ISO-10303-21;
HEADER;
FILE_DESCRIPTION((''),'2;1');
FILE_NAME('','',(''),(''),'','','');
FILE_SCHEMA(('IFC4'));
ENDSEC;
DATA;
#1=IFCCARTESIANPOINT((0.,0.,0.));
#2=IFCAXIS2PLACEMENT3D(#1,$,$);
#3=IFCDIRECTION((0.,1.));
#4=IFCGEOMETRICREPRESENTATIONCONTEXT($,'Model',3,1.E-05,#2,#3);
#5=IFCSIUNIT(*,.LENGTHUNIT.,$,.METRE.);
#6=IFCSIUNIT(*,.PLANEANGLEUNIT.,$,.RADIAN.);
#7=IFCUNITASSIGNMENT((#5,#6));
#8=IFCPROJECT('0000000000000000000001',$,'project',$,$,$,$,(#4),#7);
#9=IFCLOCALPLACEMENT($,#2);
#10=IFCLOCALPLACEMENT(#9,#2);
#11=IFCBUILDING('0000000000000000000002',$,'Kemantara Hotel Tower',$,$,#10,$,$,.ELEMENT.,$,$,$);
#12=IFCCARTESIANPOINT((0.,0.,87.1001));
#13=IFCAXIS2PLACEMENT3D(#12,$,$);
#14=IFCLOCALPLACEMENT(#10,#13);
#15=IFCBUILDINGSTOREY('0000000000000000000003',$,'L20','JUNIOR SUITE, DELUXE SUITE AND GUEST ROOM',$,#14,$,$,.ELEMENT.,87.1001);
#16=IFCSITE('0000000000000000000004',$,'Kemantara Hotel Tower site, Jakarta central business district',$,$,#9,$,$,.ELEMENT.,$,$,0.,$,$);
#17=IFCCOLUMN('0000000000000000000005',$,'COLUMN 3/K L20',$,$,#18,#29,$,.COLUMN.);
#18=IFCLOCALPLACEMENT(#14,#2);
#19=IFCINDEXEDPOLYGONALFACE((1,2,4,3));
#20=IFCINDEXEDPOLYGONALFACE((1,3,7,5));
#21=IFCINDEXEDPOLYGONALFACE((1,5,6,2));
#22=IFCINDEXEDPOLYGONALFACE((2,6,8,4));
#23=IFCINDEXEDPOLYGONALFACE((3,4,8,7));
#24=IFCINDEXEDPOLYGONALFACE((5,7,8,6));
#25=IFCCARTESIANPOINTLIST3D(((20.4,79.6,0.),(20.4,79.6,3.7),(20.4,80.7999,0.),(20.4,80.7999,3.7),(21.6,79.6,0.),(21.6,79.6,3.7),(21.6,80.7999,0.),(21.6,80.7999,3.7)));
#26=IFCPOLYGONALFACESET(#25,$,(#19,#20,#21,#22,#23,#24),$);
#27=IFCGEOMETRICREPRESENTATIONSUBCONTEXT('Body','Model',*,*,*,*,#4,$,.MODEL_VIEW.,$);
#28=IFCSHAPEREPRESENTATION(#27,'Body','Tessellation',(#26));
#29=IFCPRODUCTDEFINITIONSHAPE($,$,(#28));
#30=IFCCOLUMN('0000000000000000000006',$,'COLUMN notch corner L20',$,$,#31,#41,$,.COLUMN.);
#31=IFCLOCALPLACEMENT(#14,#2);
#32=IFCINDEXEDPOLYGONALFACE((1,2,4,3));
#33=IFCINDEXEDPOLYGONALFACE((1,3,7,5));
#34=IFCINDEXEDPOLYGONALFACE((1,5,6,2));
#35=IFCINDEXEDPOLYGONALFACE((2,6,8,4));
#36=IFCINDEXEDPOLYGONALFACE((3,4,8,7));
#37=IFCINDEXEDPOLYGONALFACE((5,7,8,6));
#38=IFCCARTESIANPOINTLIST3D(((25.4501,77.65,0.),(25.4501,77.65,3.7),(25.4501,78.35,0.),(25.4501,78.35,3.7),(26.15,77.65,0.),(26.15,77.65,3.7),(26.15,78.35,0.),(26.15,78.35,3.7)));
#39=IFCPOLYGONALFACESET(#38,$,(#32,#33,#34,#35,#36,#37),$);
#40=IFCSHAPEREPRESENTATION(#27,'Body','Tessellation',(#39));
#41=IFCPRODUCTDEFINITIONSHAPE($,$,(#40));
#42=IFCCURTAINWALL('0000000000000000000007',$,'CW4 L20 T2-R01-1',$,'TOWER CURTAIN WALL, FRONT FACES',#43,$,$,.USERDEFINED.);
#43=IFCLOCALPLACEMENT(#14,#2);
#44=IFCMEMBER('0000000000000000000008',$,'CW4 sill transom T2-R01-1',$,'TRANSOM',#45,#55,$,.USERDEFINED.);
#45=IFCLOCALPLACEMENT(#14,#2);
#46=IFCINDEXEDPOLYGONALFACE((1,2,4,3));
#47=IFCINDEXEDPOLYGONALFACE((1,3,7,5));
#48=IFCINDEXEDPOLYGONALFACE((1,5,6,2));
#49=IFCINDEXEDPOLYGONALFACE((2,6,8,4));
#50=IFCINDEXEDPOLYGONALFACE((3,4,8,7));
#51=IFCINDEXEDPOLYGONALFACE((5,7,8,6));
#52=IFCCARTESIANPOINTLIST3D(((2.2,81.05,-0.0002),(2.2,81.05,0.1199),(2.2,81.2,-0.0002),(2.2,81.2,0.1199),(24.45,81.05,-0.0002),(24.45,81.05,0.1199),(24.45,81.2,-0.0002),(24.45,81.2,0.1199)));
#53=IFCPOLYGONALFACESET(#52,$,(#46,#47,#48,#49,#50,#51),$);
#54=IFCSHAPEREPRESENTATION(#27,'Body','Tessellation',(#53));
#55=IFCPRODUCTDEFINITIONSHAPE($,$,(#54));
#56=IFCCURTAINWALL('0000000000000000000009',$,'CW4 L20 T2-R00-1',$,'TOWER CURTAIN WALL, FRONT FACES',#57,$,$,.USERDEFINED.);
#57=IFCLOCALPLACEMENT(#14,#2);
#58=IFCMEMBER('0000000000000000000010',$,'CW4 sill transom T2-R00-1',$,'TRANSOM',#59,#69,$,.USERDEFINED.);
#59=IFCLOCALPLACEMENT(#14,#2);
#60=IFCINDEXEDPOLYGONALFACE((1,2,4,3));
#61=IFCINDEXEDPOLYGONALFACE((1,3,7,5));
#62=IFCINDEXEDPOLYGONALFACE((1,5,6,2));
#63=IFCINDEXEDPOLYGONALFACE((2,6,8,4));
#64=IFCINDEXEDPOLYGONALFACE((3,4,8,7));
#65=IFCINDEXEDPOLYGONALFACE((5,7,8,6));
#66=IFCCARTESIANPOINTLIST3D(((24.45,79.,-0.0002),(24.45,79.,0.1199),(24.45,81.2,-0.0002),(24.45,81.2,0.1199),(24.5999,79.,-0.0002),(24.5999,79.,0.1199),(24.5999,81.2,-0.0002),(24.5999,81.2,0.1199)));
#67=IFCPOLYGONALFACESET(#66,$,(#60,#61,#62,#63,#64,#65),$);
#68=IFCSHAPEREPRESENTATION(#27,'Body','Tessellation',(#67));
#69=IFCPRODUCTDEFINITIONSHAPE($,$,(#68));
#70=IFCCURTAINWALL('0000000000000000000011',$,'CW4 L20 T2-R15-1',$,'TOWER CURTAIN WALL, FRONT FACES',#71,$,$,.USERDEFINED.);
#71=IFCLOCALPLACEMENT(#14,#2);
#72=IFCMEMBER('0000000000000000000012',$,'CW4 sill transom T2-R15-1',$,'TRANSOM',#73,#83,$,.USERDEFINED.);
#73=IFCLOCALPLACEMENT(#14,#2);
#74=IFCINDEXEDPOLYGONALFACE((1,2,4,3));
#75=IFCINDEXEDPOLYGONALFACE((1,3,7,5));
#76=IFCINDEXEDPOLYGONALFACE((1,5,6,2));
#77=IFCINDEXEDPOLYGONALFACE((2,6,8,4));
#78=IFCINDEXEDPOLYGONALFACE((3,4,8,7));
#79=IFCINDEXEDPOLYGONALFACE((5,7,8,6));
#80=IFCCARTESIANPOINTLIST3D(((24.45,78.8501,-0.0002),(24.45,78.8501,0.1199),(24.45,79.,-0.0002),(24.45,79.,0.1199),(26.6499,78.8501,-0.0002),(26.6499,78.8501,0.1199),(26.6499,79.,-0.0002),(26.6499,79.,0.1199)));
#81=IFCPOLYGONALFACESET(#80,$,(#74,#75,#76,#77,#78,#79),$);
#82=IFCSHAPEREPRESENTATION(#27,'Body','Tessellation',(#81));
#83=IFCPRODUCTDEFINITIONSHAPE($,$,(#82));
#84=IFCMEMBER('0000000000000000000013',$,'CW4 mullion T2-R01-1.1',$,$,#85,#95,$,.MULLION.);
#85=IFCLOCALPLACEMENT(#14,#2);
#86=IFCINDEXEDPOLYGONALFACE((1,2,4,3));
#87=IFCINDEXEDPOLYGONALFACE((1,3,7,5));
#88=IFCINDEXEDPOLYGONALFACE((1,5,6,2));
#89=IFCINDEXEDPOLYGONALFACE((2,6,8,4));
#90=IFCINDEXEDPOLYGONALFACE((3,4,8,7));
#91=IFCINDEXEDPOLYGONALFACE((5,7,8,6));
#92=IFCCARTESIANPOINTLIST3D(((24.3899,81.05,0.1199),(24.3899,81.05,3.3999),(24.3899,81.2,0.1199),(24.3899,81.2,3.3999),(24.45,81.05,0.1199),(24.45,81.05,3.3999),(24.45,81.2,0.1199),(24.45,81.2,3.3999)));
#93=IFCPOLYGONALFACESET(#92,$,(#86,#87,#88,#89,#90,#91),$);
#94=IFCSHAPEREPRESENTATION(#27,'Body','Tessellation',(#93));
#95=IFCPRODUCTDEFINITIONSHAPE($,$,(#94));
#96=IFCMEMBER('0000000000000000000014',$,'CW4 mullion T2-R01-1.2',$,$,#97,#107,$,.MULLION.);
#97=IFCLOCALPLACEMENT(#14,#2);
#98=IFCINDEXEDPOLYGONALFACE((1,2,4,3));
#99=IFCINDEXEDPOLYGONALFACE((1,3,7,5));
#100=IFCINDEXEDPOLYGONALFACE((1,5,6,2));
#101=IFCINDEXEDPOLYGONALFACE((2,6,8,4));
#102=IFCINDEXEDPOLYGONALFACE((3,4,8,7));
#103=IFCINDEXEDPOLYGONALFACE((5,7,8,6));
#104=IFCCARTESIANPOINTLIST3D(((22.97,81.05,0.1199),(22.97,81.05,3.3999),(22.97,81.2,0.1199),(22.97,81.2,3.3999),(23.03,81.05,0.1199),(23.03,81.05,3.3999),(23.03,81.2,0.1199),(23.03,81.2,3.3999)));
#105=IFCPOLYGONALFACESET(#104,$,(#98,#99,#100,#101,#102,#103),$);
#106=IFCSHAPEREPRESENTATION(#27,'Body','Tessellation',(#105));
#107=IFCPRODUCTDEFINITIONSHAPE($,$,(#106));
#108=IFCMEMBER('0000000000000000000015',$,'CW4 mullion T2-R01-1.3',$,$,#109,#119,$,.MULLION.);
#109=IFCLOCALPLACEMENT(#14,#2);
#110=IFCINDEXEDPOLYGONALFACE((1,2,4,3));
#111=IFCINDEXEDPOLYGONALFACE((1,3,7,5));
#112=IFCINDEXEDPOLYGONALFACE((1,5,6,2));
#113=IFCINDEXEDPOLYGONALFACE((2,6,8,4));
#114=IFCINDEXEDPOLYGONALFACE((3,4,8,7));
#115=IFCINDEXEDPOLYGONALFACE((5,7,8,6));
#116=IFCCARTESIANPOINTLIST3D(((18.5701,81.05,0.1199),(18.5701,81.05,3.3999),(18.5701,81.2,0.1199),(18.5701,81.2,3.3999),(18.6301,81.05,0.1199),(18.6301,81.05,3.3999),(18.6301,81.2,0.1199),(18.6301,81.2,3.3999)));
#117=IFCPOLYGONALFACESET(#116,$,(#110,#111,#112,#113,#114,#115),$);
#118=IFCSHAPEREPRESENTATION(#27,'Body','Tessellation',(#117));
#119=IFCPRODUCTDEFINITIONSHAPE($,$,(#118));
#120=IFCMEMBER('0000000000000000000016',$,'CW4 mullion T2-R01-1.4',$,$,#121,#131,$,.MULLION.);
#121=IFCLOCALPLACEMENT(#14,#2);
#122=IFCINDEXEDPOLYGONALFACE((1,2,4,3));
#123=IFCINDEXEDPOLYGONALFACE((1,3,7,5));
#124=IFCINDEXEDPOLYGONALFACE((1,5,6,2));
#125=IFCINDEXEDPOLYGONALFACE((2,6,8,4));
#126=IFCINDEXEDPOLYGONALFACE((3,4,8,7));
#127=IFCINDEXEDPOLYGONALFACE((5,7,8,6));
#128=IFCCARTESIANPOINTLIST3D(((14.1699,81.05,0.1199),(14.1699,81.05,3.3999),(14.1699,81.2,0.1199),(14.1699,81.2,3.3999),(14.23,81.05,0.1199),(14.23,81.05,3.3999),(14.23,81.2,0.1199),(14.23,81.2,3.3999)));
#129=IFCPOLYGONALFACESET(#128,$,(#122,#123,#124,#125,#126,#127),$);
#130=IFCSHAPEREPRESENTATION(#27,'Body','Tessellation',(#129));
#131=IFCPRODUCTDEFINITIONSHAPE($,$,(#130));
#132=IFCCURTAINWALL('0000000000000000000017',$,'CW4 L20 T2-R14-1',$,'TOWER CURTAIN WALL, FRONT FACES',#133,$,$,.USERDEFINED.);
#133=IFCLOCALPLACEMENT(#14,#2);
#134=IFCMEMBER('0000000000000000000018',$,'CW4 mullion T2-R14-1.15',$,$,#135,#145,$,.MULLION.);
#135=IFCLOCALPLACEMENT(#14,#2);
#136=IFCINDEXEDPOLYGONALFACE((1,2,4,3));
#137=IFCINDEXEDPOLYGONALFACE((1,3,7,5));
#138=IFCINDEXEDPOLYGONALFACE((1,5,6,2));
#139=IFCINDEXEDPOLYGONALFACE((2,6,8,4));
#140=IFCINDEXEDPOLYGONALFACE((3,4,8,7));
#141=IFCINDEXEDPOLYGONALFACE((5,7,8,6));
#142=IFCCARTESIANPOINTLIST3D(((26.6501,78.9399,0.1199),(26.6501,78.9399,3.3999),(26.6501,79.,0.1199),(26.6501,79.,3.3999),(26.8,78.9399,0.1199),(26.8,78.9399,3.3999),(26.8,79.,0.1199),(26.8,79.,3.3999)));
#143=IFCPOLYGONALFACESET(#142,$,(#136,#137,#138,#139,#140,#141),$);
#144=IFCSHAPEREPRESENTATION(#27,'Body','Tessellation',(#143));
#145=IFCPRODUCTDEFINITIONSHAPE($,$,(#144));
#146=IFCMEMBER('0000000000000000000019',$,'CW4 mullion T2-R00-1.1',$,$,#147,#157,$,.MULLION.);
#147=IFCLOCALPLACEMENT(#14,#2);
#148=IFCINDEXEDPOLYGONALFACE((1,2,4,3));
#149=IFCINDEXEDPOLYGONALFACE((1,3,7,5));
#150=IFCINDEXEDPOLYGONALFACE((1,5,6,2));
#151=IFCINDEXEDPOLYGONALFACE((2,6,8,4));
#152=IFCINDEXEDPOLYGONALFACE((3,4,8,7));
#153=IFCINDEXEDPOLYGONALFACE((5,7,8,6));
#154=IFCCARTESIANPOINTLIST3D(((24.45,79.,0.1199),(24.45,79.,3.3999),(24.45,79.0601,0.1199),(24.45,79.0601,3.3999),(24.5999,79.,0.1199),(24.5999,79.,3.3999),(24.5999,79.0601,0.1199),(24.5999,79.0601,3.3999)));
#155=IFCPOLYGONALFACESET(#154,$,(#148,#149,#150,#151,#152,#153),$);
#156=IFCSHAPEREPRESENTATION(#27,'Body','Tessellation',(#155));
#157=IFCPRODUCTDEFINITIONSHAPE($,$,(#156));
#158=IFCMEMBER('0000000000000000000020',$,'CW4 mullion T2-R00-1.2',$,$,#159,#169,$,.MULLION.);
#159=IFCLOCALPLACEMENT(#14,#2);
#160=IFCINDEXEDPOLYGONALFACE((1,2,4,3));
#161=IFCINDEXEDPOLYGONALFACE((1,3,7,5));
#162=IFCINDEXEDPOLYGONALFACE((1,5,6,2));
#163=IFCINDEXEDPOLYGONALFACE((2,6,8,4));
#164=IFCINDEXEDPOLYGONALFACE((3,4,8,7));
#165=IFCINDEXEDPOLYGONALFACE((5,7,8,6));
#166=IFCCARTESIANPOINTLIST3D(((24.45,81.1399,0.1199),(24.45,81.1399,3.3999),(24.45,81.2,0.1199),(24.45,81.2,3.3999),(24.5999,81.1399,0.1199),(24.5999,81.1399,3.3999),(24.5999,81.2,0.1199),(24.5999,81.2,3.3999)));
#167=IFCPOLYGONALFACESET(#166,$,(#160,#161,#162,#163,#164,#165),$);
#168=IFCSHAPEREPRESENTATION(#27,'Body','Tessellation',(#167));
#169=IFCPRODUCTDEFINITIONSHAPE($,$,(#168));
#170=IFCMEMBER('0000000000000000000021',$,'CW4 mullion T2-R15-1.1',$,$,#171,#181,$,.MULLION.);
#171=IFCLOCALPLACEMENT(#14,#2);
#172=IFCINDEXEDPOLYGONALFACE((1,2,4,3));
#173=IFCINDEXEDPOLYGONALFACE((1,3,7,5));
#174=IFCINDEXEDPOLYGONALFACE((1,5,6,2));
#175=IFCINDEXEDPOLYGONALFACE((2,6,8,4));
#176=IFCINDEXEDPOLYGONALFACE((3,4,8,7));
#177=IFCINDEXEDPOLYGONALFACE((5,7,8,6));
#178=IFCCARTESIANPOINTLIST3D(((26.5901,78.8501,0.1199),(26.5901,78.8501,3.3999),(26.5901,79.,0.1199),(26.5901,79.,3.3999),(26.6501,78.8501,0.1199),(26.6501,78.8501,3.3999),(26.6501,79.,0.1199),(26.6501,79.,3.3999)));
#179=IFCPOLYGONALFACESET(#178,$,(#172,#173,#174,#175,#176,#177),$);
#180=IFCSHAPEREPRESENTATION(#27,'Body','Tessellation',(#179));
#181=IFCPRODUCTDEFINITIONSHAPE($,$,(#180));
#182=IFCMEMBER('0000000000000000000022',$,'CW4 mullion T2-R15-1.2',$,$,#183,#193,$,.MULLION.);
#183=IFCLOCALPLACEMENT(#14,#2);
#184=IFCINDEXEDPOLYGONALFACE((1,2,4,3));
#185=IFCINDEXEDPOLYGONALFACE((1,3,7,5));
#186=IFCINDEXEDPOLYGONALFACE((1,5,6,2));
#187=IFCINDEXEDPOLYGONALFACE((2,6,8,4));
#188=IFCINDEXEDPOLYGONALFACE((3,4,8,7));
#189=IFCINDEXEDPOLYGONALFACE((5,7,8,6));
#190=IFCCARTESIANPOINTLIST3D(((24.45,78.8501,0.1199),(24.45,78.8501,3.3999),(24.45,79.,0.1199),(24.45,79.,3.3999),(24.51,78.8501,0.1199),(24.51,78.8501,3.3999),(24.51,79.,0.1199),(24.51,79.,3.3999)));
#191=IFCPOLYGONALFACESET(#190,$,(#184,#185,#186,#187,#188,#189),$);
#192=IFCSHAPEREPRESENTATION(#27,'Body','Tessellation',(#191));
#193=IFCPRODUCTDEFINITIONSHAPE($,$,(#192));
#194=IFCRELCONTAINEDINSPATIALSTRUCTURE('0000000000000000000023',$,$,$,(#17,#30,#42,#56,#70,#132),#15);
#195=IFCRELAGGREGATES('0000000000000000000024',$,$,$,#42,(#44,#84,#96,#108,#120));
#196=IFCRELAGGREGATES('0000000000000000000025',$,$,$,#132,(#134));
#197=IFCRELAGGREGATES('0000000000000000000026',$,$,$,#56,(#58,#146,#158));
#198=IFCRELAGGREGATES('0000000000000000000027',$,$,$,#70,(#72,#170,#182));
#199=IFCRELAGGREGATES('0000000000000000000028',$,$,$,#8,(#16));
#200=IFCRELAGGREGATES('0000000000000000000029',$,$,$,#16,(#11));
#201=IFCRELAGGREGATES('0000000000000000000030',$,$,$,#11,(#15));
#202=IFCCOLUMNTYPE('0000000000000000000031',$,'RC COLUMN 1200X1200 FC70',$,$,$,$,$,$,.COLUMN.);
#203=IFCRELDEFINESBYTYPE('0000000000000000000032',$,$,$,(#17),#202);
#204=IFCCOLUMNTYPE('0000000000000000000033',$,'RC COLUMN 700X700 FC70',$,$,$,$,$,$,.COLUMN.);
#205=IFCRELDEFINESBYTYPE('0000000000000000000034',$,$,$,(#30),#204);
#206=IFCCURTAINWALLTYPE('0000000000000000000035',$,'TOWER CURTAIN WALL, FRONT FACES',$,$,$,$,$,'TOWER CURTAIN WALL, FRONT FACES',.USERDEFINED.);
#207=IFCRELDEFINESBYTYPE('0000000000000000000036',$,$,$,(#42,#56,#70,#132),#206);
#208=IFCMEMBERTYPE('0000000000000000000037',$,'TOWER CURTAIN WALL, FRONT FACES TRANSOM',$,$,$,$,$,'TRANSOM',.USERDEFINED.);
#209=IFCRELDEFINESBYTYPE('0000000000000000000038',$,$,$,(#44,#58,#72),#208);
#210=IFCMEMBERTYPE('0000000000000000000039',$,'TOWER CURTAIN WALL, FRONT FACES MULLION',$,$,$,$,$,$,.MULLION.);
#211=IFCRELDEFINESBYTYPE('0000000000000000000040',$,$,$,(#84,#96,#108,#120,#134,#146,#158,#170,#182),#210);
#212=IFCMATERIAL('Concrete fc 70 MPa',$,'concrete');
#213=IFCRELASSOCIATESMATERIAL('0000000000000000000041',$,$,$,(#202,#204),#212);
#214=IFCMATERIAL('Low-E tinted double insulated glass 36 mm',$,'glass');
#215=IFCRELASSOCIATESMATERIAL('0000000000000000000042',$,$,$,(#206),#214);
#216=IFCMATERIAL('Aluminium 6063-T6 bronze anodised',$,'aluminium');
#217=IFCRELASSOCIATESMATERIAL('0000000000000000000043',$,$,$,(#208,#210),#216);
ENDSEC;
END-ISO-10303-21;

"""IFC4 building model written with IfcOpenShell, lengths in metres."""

from ifc_helpers import new_model, si_unit, direction, frame, origin, origin_2d, place, context, subcontext, project, spatial, rectangle, extrude, source, transform, mapped, material, material_profile, profile_set, type_object, element, aggregate, save


model = new_model("IFC4")

# Units and contexts
model_context = context("Model", 3, precision=1e-05, world=origin(), true_north=direction((0.0, 1.0)))
body_context = subcontext(model_context, "Body", "Model", "MODEL_VIEW")
ifc_project = project(units=[si_unit("LENGTHUNIT", "METRE"), si_unit("PLANEANGLEUNIT", "RADIAN")], contexts=[model_context])

# Site, building, storey
site_placement = place(None, origin())
site = spatial("IfcSite", under=ifc_project, at=site_placement, Name="Kemantara Hotel Tower site, Jakarta central business district", CompositionType="ELEMENT", RefElevation=0.0)
building_placement = place(site_placement, origin())
building = spatial("IfcBuilding", under=site, at=building_placement, Name="Kemantara Hotel Tower", CompositionType="ELEMENT")
storey_placement = place(building_placement, frame((0.0, 0.0, 87.1001)))
storey = spatial("IfcBuildingStorey", under=building, at=storey_placement, Name="L20", Description="JUNIOR SUITE, DELUXE SUITE AND GUEST ROOM", CompositionType="ELEMENT", Elevation=87.1001)

# Columns
ifc_material_1 = material(Name="Concrete fc 70 MPa", Category="concrete")
ifc_material_profile_1 = material_profile(ifc_material_1, rectangle(XDim=1.2, YDim=1.2, at=origin_2d()), Name="RC 1200X1200")
ifc_profile_set_1 = profile_set([ifc_material_profile_1], Name="Concrete fc 70 MPa")
column_type_1 = type_object("IfcColumnType", Name="RC COLUMN 1200X1200 FC70", PredefinedType="COLUMN", material=ifc_profile_set_1)
column_1_placement = place(storey_placement, frame((21.0, 80.2, 0.0), z_axis=(0.0, 0.0, 1.0), x_axis=(1.0, 0.0, 0.0)))
element("IfcColumn", 1, at=column_1_placement, inside=storey, type_object=column_type_1, Name="COLUMN 3/K L20", PredefinedType="COLUMN", context=body_context, shape_type="SweptSolid", body=[
    extrude(rectangle(XDim=1.2, YDim=1.2, at=origin_2d()), origin(), (0.0, 0.0, 1.0), 3.7),
])
ifc_material_profile_2 = material_profile(ifc_material_1, rectangle(XDim=0.7, YDim=0.7, at=origin_2d()), Name="RC 700X700")
ifc_profile_set_2 = profile_set([ifc_material_profile_2], Name="Concrete fc 70 MPa")
column_type_2 = type_object("IfcColumnType", Name="RC COLUMN 700X700 FC70", PredefinedType="COLUMN", material=ifc_profile_set_2)
column_2_placement = place(storey_placement, frame((25.8, 78.0, 0.0), z_axis=(0.0, 0.0, 1.0), x_axis=(1.0, 0.0, 0.0)))
element("IfcColumn", 2, at=column_2_placement, inside=storey, type_object=column_type_2, Name="COLUMN notch corner L20", PredefinedType="COLUMN", context=body_context, shape_type="SweptSolid", body=[
    extrude(rectangle(XDim=0.7, YDim=0.7, at=origin_2d()), origin(), (0.0, 0.0, 1.0), 3.7),
])

# Curtain walls, members
ifc_material_2 = material(Name="Low-E tinted double insulated glass 36 mm", Category="glass")
curtain_wall_type = type_object("IfcCurtainWallType", Name="TOWER CURTAIN WALL, FRONT FACES", ElementType="TOWER CURTAIN WALL, FRONT FACES", PredefinedType="USERDEFINED", material=ifc_material_2)
curtain_wall_1_placement = place(storey_placement, origin())
curtain_wall_1 = element("IfcCurtainWall", 3, at=curtain_wall_1_placement, inside=storey, type_object=curtain_wall_type, Name="CW4 L20 T2-R01-1", ObjectType="TOWER CURTAIN WALL, FRONT FACES", PredefinedType="USERDEFINED")
ifc_material_3 = material(Name="Aluminium 6063-T6 bronze anodised", Category="aluminium")
ifc_material_profile_3 = material_profile(ifc_material_3, rectangle(XDim=0.1499, YDim=0.1201, at=origin_2d()), Name="TOWER CURTAIN WALL, FRONT FACES TRANSOM")
ifc_profile_set_3 = profile_set([ifc_material_profile_3], Name="Aluminium 6063-T6 bronze anodised")
member_type_1 = type_object("IfcMemberType", Name="TOWER CURTAIN WALL, FRONT FACES TRANSOM", ElementType="TRANSOM", PredefinedType="USERDEFINED", material=ifc_profile_set_3)
member_1_placement = place(storey_placement, frame((24.45, 81.125, 0.0598), z_axis=(-1.0, 0.0, 0.0), x_axis=(0.0, -1.0, 0.0)))
member_1 = element("IfcMember", 4, at=member_1_placement, type_object=member_type_1, Name="CW4 sill transom T2-R01-1", ObjectType="TRANSOM", PredefinedType="USERDEFINED", context=body_context, shape_type="SweptSolid", body=[
    extrude(rectangle(XDim=0.1499, YDim=0.1201, at=origin_2d()), origin(), (0.0, 0.0, 1.0), 22.25),
])
curtain_wall_2_placement = place(storey_placement, origin())
curtain_wall_2 = element("IfcCurtainWall", 5, at=curtain_wall_2_placement, inside=storey, type_object=curtain_wall_type, Name="CW4 L20 T2-R00-1", ObjectType="TOWER CURTAIN WALL, FRONT FACES", PredefinedType="USERDEFINED")
member_2_placement = place(storey_placement, frame((24.5249, 79.0, 0.0598), z_axis=(0.0, 1.0, 0.0), x_axis=(-1.0, 0.0, 0.0)))
member_2 = element("IfcMember", 6, at=member_2_placement, type_object=member_type_1, Name="CW4 sill transom T2-R00-1", ObjectType="TRANSOM", PredefinedType="USERDEFINED", context=body_context, shape_type="SweptSolid", body=[
    extrude(rectangle(XDim=0.1499, YDim=0.1201, at=origin_2d()), origin(), (0.0, 0.0, 1.0), 2.2),
])
curtain_wall_3_placement = place(storey_placement, origin())
curtain_wall_3 = element("IfcCurtainWall", 7, at=curtain_wall_3_placement, inside=storey, type_object=curtain_wall_type, Name="CW4 L20 T2-R15-1", ObjectType="TOWER CURTAIN WALL, FRONT FACES", PredefinedType="USERDEFINED")
member_3_placement = place(storey_placement, frame((26.6499, 78.925, 0.0598), z_axis=(-1.0, 0.0, 0.0), x_axis=(0.0, -1.0, 0.0)))
member_3 = element("IfcMember", 8, at=member_3_placement, type_object=member_type_1, Name="CW4 sill transom T2-R15-1", ObjectType="TRANSOM", PredefinedType="USERDEFINED", context=body_context, shape_type="SweptSolid", body=[
    extrude(rectangle(XDim=0.1499, YDim=0.1201, at=origin_2d()), origin(), (0.0, 0.0, 1.0), 2.2),
])

# Members
ifc_material_profile_4 = material_profile(ifc_material_3, rectangle(XDim=0.1499, YDim=0.0601, at=origin_2d()), Name="TOWER CURTAIN WALL, FRONT FACES MULLION")
ifc_profile_set_4 = profile_set([ifc_material_profile_4], Name="Aluminium 6063-T6 bronze anodised")
member_type_2 = type_object("IfcMemberType", Name="TOWER CURTAIN WALL, FRONT FACES MULLION", PredefinedType="MULLION", material=ifc_profile_set_4)
shared_shape_1 = source(origin(), body_context, "Body", "SweptSolid", [
    extrude(rectangle(XDim=0.1499, YDim=0.0601, at=origin_2d()), origin(), (0.0, 0.0, 1.0), 3.28),
])
member_4_placement = place(storey_placement, frame((24.4199, 81.125, 0.1199), z_axis=(0.0, 0.0, 1.0), x_axis=(0.0, -1.0, 0.0)))
member_4 = element("IfcMember", 9, at=member_4_placement, type_object=member_type_2, Name="CW4 mullion T2-R01-1.1", PredefinedType="MULLION", context=body_context, shape_type="MappedRepresentation", body=[
    mapped(shared_shape_1, transform((0.0, 0.0, 0.0))),
])
member_5_placement = place(storey_placement, frame((23.0, 81.125, 0.1199), z_axis=(0.0, 0.0, 1.0), x_axis=(0.0, -1.0, 0.0)))
member_5 = element("IfcMember", 10, at=member_5_placement, type_object=member_type_2, Name="CW4 mullion T2-R01-1.2", PredefinedType="MULLION", context=body_context, shape_type="MappedRepresentation", body=[
    mapped(shared_shape_1, transform((0.0, 0.0, 0.0))),
])
member_6_placement = place(storey_placement, frame((18.6001, 81.125, 0.1199), z_axis=(0.0, 0.0, 1.0), x_axis=(0.0, -1.0, 0.0)))
member_6 = element("IfcMember", 11, at=member_6_placement, type_object=member_type_2, Name="CW4 mullion T2-R01-1.3", PredefinedType="MULLION", context=body_context, shape_type="MappedRepresentation", body=[
    mapped(shared_shape_1, transform((0.0, 0.0, 0.0))),
])
member_7_placement = place(storey_placement, frame((14.2, 81.125, 0.1199), z_axis=(0.0, 0.0, 1.0), x_axis=(0.0, -1.0, 0.0)))
member_7 = element("IfcMember", 12, at=member_7_placement, type_object=member_type_2, Name="CW4 mullion T2-R01-1.4", PredefinedType="MULLION", context=body_context, shape_type="MappedRepresentation", body=[
    mapped(shared_shape_1, transform((0.0, 0.0, 0.0))),
])

# Curtain wall, member
curtain_wall_4_placement = place(storey_placement, origin())
curtain_wall_4 = element("IfcCurtainWall", 13, at=curtain_wall_4_placement, inside=storey, type_object=curtain_wall_type, Name="CW4 L20 T2-R14-1", ObjectType="TOWER CURTAIN WALL, FRONT FACES", PredefinedType="USERDEFINED")
member_8_placement = place(storey_placement, frame((26.7251, 78.97, 0.1199), z_axis=(0.0, 0.0, 1.0), x_axis=(-1.0, 0.0, 0.0)))
member_8 = element("IfcMember", 14, at=member_8_placement, type_object=member_type_2, Name="CW4 mullion T2-R14-1.15", PredefinedType="MULLION", context=body_context, shape_type="MappedRepresentation", body=[
    mapped(shared_shape_1, transform((0.0, 0.0, 0.0))),
])

# Members
member_9_placement = place(storey_placement, frame((24.5249, 79.03, 0.1199), z_axis=(0.0, 0.0, 1.0), x_axis=(-1.0, 0.0, 0.0)))
member_9 = element("IfcMember", 15, at=member_9_placement, type_object=member_type_2, Name="CW4 mullion T2-R00-1.1", PredefinedType="MULLION", context=body_context, shape_type="MappedRepresentation", body=[
    mapped(shared_shape_1, transform((0.0, 0.0, 0.0))),
])
member_10_placement = place(storey_placement, frame((24.5249, 81.1699, 0.1199), z_axis=(0.0, 0.0, 1.0), x_axis=(-1.0, 0.0, 0.0)))
member_10 = element("IfcMember", 16, at=member_10_placement, type_object=member_type_2, Name="CW4 mullion T2-R00-1.2", PredefinedType="MULLION", context=body_context, shape_type="MappedRepresentation", body=[
    mapped(shared_shape_1, transform((0.0, 0.0, 0.0))),
])
member_11_placement = place(storey_placement, frame((26.6201, 78.925, 0.1199), z_axis=(0.0, 0.0, 1.0), x_axis=(0.0, -1.0, 0.0)))
member_11 = element("IfcMember", 17, at=member_11_placement, type_object=member_type_2, Name="CW4 mullion T2-R15-1.1", PredefinedType="MULLION", context=body_context, shape_type="MappedRepresentation", body=[
    mapped(shared_shape_1, transform((0.0, 0.0, 0.0))),
])
member_12_placement = place(storey_placement, frame((24.48, 78.925, 0.1199), z_axis=(0.0, 0.0, 1.0), x_axis=(0.0, -1.0, 0.0)))
member_12 = element("IfcMember", 18, at=member_12_placement, type_object=member_type_2, Name="CW4 mullion T2-R15-1.2", PredefinedType="MULLION", context=body_context, shape_type="MappedRepresentation", body=[
    mapped(shared_shape_1, transform((0.0, 0.0, 0.0))),
])

aggregate(curtain_wall_1, [member_1, member_4, member_5, member_6, member_7])
aggregate(curtain_wall_4, [member_8])
aggregate(curtain_wall_2, [member_2, member_9, member_10])
aggregate(curtain_wall_3, [member_3, member_11, member_12])

save(model, "model.ifc")
